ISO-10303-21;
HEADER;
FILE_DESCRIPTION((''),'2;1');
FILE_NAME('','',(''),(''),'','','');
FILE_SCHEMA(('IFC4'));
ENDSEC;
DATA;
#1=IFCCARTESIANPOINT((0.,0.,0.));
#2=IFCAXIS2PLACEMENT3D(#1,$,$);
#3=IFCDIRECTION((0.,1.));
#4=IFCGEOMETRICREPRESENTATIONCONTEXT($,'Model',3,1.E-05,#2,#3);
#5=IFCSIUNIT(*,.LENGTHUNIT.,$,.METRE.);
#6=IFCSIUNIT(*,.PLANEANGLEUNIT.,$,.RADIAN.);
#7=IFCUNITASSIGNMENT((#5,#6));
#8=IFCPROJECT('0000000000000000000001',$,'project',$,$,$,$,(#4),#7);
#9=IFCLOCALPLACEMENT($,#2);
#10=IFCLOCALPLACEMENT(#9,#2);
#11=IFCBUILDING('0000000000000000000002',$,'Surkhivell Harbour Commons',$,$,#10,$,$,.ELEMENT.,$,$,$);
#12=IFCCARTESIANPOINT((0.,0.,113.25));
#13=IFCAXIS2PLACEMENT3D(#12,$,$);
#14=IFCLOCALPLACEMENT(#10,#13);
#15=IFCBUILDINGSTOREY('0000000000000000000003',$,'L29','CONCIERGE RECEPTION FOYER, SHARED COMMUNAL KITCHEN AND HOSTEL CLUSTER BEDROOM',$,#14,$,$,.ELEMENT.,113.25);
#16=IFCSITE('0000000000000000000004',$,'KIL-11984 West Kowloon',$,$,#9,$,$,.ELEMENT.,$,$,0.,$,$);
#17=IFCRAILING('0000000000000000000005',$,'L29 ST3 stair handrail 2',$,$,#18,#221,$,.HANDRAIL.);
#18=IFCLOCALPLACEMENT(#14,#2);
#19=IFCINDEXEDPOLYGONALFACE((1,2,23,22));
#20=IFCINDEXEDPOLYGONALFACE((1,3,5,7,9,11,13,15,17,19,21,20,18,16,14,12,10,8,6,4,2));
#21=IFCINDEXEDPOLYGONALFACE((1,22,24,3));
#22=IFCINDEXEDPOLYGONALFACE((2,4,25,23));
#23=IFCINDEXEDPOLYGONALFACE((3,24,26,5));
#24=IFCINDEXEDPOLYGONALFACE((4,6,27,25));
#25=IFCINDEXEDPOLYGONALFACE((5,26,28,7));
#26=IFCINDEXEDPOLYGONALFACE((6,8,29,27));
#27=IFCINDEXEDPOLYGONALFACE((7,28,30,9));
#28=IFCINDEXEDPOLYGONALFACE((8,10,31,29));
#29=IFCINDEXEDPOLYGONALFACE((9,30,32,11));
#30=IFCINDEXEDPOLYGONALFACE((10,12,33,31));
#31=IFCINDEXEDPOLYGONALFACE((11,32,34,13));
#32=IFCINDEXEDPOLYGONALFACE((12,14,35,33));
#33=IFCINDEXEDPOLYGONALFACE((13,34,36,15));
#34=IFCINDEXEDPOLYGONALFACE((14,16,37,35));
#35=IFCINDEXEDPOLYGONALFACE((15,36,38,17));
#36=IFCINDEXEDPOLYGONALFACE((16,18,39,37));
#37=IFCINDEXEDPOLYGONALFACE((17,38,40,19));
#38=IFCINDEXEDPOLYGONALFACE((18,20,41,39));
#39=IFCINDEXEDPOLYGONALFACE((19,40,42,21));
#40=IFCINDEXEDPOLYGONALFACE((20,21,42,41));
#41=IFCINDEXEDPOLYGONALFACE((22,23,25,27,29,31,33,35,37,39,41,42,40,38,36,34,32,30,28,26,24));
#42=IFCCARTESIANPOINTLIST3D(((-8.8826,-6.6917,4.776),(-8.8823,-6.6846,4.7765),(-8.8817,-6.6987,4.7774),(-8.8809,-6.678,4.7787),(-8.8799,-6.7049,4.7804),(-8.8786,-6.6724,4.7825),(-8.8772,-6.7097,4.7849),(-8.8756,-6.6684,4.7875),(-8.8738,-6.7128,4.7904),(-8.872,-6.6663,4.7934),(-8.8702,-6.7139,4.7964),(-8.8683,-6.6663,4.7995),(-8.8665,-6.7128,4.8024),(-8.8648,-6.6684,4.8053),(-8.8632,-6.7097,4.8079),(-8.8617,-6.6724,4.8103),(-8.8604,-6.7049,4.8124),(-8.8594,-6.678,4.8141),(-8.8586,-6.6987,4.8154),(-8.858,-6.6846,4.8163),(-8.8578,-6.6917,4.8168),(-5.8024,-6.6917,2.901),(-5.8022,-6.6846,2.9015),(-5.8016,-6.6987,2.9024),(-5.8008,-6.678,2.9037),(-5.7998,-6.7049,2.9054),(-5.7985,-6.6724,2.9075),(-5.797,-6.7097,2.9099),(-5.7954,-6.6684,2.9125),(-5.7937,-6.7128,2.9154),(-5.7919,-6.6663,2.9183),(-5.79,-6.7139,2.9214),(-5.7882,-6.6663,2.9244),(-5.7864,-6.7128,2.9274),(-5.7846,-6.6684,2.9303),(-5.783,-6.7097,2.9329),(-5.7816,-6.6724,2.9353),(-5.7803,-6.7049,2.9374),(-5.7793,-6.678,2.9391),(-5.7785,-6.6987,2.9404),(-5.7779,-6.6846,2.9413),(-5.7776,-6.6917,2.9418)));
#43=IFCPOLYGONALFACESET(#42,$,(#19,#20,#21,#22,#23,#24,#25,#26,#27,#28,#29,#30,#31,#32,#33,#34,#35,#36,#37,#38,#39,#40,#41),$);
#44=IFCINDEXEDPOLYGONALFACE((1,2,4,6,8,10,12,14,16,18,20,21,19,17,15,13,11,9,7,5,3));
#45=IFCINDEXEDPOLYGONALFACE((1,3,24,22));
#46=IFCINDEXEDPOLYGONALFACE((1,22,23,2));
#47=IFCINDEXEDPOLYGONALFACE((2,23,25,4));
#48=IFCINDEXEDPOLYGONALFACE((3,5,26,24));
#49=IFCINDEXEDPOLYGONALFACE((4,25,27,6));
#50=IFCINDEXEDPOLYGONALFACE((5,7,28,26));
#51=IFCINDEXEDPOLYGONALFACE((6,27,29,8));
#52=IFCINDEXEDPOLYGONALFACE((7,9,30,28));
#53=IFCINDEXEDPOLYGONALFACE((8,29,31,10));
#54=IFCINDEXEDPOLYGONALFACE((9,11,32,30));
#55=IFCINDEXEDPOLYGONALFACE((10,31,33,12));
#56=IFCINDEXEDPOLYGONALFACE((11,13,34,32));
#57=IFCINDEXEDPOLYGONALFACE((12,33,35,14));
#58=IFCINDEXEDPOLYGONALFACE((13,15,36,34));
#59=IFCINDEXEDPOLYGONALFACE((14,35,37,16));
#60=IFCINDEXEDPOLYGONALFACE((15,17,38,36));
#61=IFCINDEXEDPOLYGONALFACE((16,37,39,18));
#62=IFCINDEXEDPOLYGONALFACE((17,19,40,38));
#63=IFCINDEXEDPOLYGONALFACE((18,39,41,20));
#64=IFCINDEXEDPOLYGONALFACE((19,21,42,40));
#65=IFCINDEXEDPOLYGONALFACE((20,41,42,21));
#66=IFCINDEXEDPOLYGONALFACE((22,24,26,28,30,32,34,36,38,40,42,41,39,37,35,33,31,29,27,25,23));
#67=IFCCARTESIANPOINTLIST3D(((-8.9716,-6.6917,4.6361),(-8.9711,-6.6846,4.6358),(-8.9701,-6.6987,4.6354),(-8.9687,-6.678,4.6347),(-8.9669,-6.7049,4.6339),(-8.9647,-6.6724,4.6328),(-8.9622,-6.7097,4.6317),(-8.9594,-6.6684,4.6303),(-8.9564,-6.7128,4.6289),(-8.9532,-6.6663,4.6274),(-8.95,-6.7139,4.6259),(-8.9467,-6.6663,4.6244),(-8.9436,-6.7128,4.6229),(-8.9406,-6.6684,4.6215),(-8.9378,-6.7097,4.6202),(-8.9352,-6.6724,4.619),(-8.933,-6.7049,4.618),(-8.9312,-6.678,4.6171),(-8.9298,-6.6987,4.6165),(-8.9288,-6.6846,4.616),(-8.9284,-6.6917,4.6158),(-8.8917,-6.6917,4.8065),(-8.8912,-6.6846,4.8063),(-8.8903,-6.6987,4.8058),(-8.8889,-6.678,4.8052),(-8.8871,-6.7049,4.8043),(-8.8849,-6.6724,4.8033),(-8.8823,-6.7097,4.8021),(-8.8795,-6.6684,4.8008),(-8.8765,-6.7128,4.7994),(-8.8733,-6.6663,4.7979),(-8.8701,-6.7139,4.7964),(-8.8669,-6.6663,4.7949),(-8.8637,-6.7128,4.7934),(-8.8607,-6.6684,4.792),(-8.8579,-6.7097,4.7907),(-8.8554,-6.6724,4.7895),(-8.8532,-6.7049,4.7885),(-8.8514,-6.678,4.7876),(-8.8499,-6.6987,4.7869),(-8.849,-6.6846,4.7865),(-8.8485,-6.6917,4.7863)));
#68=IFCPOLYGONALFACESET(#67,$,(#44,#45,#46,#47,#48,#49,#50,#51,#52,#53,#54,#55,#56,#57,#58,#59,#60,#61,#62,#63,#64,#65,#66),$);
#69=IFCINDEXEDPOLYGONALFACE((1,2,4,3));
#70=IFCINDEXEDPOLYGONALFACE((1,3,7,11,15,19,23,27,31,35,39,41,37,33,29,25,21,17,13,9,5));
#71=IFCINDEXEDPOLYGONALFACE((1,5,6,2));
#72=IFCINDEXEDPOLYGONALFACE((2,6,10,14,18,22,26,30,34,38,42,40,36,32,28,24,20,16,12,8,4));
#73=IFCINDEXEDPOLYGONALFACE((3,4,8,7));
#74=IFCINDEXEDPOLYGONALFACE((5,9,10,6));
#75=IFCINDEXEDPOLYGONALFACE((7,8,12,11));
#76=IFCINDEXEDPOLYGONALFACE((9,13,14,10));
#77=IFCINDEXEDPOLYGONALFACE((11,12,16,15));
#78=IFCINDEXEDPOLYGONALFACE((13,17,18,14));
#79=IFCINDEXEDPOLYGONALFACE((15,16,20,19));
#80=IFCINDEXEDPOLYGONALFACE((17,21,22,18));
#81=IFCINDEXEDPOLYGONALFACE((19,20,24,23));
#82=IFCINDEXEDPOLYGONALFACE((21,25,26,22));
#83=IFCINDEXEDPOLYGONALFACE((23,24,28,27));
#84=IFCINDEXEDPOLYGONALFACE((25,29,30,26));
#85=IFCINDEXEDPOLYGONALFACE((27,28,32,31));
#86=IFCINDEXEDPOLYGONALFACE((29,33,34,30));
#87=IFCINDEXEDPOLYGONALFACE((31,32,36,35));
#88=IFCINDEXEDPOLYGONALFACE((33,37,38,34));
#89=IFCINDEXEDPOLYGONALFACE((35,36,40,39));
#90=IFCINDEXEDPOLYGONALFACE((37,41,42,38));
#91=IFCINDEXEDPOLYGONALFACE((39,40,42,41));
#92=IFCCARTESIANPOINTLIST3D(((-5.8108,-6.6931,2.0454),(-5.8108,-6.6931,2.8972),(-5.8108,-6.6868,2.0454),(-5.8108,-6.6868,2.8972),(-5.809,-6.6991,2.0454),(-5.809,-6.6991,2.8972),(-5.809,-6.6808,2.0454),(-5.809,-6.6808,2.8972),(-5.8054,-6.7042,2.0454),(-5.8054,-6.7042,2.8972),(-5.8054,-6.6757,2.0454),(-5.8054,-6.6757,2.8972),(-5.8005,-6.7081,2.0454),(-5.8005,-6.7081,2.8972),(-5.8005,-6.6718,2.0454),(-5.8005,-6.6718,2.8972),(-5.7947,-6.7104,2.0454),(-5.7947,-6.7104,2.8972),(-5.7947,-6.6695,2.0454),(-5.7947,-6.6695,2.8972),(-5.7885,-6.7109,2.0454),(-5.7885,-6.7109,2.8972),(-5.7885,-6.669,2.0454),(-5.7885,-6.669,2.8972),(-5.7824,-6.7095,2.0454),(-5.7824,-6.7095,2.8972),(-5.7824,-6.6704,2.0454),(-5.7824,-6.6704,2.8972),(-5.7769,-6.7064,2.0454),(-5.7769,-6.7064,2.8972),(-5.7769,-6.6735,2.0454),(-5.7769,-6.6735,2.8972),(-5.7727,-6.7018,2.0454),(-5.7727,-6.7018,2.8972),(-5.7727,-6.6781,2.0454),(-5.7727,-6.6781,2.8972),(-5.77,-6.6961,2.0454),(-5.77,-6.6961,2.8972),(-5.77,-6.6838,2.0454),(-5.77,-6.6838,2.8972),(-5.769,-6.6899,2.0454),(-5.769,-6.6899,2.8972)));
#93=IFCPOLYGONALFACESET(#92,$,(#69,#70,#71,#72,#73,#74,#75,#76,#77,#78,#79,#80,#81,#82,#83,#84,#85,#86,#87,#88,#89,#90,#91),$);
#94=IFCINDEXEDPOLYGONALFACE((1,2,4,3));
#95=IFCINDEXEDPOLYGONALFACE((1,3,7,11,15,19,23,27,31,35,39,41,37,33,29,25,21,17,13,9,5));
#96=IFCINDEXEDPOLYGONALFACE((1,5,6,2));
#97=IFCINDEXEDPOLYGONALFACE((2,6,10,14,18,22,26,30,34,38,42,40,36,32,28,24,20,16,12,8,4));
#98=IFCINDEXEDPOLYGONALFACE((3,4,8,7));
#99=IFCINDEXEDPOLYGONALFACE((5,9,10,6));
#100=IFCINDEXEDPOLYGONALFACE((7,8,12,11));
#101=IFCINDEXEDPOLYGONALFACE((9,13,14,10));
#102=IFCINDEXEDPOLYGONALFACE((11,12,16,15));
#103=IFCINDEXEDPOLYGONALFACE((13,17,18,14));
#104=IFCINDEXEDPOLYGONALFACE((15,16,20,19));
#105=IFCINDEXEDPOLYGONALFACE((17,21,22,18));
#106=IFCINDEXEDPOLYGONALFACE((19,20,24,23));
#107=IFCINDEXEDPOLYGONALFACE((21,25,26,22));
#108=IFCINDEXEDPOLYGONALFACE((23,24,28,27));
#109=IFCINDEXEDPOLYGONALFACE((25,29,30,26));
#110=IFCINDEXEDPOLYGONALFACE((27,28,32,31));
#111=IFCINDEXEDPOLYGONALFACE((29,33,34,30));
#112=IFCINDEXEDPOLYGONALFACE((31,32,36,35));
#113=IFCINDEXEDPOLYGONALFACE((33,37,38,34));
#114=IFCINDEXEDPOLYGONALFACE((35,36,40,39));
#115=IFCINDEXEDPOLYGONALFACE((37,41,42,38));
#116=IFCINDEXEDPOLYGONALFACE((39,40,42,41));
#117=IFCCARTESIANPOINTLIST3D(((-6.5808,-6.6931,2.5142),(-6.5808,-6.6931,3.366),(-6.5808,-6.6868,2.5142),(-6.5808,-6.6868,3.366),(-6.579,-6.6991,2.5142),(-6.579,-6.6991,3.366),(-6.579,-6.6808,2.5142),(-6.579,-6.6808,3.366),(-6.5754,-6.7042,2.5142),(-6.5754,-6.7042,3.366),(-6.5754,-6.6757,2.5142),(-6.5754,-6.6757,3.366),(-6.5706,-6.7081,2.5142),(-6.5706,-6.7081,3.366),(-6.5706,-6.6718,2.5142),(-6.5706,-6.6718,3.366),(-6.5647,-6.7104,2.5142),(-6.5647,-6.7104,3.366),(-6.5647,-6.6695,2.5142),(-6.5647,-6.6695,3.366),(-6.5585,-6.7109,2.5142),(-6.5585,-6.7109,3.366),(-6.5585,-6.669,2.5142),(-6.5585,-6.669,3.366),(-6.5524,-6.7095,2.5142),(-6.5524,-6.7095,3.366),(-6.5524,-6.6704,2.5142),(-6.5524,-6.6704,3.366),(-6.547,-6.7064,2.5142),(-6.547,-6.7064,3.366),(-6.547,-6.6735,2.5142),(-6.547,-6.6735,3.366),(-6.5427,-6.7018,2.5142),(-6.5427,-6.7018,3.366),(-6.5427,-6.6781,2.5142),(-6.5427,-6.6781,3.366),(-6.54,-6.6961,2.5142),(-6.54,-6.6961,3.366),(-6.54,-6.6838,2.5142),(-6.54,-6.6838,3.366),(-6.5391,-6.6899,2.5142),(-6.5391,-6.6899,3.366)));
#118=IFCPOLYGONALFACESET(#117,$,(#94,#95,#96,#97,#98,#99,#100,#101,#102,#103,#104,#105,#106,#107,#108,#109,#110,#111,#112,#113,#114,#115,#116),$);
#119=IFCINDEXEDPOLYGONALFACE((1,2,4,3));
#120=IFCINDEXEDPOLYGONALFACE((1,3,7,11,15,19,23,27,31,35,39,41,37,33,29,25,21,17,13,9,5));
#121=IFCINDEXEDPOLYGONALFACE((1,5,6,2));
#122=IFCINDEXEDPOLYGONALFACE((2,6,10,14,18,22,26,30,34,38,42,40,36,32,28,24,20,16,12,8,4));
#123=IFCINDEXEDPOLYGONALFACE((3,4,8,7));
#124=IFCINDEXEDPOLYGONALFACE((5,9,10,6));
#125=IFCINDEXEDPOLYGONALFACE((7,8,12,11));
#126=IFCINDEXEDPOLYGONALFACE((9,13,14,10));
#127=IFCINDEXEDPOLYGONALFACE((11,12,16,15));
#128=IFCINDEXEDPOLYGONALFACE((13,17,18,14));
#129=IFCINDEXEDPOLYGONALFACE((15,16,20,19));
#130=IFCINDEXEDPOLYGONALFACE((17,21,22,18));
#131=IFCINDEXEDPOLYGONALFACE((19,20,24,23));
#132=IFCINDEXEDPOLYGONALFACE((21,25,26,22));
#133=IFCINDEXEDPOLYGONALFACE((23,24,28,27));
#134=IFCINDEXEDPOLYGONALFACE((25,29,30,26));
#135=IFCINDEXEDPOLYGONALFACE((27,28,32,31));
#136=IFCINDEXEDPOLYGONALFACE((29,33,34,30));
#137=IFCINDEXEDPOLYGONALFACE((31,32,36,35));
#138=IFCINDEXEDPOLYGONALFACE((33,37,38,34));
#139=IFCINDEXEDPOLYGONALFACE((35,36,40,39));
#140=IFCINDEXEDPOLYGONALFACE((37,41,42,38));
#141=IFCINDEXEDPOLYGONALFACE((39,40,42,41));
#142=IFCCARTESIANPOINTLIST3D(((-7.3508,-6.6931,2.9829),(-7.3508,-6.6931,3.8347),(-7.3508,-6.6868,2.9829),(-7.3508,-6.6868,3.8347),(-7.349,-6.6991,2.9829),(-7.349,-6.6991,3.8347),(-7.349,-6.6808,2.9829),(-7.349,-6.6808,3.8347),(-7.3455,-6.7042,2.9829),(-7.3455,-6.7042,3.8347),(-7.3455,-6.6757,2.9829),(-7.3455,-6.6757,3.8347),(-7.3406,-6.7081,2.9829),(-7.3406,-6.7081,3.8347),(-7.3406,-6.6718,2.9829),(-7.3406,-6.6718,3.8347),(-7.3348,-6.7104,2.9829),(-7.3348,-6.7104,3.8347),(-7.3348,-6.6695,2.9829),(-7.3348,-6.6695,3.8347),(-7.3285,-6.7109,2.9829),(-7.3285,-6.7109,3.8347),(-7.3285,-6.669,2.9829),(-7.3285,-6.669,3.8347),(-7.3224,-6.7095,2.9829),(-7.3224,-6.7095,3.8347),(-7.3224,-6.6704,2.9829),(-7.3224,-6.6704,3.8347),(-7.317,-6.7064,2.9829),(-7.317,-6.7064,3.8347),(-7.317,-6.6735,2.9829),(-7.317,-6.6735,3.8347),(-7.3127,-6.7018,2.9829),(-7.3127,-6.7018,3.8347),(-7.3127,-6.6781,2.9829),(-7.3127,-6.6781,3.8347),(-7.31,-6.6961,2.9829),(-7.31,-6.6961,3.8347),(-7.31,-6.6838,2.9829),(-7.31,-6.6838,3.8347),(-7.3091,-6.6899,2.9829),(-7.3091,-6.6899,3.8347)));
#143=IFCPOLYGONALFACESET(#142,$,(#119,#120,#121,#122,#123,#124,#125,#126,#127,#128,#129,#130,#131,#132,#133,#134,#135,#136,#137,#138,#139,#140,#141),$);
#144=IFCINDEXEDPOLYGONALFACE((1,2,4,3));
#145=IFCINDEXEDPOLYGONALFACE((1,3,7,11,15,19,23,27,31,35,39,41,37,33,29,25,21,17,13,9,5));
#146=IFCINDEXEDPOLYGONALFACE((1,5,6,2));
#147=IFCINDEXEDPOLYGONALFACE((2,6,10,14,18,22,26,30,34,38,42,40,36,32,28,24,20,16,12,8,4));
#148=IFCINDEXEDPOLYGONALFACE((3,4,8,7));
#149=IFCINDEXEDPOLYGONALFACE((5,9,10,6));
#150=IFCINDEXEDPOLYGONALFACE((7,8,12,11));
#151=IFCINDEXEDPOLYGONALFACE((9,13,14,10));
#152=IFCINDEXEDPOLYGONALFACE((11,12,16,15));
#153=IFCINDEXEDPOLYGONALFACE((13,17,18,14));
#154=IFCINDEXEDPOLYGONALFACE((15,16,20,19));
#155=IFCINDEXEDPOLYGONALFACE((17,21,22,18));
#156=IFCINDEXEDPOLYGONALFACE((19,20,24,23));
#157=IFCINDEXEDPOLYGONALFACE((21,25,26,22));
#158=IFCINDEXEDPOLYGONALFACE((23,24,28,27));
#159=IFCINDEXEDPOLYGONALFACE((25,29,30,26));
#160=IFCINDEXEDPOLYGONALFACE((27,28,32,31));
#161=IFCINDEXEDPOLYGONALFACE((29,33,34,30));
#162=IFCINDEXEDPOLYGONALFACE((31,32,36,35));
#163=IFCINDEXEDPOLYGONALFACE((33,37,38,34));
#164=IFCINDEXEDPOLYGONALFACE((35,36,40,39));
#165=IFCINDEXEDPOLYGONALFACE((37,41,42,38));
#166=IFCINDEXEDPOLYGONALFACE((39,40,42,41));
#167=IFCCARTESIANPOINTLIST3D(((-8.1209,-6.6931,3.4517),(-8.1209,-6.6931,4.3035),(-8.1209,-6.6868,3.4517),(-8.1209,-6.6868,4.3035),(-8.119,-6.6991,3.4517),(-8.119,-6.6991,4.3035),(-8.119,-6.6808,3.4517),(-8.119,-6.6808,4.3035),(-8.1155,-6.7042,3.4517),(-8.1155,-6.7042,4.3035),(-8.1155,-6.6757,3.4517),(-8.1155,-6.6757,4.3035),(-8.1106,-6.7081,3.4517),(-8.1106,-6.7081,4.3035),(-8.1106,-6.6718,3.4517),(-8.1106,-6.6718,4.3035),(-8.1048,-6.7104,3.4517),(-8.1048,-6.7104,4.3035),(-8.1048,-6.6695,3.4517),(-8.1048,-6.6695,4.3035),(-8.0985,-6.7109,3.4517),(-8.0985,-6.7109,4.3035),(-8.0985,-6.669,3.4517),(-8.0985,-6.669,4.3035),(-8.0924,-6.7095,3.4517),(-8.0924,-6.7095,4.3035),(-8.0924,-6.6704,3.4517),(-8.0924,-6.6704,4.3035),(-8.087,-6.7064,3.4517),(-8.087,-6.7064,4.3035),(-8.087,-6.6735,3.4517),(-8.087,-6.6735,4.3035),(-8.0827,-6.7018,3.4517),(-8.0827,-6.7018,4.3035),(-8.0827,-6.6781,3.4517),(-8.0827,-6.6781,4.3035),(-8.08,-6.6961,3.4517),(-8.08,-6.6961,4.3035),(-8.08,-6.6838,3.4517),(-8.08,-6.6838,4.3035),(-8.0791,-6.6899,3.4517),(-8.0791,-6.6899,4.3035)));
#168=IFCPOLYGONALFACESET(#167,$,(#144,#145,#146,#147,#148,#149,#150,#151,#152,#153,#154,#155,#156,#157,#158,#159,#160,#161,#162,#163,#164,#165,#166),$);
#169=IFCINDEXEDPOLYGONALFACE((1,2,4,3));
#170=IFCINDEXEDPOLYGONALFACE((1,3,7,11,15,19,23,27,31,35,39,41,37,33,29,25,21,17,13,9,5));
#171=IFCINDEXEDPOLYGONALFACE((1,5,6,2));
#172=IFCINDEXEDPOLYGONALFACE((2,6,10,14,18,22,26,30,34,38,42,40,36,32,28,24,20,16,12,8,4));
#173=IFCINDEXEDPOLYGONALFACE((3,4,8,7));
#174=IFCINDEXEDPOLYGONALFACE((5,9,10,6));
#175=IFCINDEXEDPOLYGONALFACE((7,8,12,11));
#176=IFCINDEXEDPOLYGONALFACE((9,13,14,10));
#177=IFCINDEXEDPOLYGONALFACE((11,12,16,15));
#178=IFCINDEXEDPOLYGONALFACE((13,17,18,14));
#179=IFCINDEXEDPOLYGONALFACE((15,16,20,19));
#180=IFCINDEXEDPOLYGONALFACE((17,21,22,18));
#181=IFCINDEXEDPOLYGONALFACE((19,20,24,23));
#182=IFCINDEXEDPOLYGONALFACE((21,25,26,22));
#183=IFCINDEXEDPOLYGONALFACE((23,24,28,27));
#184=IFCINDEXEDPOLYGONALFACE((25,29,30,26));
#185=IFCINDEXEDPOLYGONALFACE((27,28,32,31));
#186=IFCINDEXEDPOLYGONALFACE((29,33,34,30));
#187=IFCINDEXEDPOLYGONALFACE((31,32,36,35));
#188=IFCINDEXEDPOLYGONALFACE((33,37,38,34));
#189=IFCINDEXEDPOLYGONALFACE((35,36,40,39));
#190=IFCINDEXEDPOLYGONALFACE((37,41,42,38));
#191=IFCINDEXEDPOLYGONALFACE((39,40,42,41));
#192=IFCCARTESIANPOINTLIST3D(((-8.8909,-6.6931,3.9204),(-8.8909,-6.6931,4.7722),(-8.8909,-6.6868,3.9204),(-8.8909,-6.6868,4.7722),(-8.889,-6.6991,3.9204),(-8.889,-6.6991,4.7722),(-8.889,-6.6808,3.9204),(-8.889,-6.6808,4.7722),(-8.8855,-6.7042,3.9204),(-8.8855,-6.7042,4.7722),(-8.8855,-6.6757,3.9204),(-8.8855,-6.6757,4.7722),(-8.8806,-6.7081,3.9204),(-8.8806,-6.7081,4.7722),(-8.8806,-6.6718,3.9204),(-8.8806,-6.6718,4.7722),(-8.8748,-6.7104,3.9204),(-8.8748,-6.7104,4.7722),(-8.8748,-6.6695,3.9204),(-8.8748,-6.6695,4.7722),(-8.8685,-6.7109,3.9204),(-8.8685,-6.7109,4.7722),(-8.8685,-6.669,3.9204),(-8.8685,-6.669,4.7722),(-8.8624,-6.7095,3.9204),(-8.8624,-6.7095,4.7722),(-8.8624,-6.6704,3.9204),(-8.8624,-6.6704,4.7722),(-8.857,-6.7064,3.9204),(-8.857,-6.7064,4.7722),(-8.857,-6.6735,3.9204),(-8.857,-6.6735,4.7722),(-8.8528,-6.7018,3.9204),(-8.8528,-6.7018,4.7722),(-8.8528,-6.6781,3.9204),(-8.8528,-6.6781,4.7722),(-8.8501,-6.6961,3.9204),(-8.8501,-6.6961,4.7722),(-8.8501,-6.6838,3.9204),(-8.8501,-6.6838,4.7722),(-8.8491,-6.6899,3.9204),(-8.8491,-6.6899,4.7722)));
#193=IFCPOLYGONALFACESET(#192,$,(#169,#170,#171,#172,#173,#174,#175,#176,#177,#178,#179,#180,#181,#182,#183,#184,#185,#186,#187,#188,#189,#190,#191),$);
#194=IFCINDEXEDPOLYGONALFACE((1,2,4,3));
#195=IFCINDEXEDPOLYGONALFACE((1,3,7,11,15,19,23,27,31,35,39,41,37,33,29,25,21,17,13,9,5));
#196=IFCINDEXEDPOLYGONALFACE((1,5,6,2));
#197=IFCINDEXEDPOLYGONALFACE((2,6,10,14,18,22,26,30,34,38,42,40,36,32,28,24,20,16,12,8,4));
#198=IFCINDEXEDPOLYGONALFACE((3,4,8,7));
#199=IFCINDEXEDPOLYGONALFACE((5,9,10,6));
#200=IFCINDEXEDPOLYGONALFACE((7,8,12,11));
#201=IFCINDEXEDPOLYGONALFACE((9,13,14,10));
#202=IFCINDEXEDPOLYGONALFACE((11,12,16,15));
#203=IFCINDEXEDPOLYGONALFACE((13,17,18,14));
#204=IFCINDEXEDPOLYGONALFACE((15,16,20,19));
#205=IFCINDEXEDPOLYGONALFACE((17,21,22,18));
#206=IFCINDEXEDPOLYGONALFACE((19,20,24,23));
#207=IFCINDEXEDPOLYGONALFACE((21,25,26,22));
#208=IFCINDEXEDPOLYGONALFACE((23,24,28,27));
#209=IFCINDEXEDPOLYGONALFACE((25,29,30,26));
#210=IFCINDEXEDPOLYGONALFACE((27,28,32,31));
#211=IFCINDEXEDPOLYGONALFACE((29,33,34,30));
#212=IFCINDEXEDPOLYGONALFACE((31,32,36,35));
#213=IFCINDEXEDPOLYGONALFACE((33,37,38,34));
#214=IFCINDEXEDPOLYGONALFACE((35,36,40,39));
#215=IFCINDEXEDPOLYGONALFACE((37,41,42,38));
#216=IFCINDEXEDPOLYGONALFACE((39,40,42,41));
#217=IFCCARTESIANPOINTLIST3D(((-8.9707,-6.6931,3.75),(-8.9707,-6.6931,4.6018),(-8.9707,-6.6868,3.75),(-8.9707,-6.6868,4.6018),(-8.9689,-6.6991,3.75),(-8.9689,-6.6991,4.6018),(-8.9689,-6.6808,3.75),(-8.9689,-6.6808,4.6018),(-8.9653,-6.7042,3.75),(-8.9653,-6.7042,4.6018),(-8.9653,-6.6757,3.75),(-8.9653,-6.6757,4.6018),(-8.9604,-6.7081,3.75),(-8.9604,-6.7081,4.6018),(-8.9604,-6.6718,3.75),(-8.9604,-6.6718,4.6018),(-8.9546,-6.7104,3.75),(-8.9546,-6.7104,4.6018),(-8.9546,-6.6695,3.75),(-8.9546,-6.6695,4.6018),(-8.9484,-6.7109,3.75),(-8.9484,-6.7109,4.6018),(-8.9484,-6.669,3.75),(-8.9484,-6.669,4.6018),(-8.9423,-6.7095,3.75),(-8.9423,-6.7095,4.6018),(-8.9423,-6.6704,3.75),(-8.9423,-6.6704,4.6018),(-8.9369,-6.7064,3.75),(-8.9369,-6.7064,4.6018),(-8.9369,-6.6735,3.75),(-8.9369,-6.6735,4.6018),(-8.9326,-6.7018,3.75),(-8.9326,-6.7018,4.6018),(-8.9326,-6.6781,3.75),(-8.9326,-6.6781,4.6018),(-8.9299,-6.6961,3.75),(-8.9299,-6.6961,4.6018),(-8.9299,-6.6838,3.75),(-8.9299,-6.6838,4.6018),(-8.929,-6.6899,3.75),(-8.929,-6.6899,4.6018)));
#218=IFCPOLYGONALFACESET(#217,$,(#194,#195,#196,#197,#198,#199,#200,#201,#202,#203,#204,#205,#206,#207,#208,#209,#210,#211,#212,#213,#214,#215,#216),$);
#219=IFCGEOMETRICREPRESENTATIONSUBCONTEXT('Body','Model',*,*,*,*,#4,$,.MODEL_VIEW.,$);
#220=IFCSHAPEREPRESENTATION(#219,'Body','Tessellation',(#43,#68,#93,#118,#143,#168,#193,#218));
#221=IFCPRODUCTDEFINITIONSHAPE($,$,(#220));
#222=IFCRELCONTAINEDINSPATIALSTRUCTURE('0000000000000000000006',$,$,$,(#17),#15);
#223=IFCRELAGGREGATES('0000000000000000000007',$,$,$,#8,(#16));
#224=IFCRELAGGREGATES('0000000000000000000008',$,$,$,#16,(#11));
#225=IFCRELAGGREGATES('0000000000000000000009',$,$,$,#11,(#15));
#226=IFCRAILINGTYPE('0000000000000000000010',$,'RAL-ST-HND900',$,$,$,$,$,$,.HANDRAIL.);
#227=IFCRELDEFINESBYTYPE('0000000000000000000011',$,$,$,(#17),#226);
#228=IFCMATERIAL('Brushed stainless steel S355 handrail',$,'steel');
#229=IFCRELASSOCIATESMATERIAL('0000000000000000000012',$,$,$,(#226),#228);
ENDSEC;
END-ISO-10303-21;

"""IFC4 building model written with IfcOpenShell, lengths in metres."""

from ifc_helpers import new_model, si_unit, direction, frame, origin, origin_2d, place, context, subcontext, project, spatial, circle, extrude, material, type_object, element, save


model = new_model("IFC4")

# Units and contexts
model_context = context("Model", 3, precision=1e-05, world=origin(), true_north=direction((0.0, 1.0)))
body_context = subcontext(model_context, "Body", "Model", "MODEL_VIEW")
ifc_project = project(units=[si_unit("LENGTHUNIT", "METRE"), si_unit("PLANEANGLEUNIT", "RADIAN")], contexts=[model_context])

# Site, building, storey
site_placement = place(None, origin())
site = spatial("IfcSite", under=ifc_project, at=site_placement, Name="KIL-11984 West Kowloon", CompositionType="ELEMENT", RefElevation=0.0)
building_placement = place(site_placement, origin())
building = spatial("IfcBuilding", under=site, at=building_placement, Name="Surkhivell Harbour Commons", CompositionType="ELEMENT")
storey_placement = place(building_placement, frame((0.0, 0.0, 113.25)))
storey = spatial("IfcBuildingStorey", under=building, at=storey_placement, Name="L29", Description="CONCIERGE RECEPTION FOYER, SHARED COMMUNAL KITCHEN AND HOSTEL CLUSTER BEDROOM", CompositionType="ELEMENT", Elevation=113.25)

# Railing
ifc_material_1 = material(Name="Brushed stainless steel S355 handrail", Category="steel")
railing_type_1 = type_object("IfcRailingType", Name="RAL-ST-HND900", PredefinedType="HANDRAIL", material=ifc_material_1)
railing_1_placement = place(storey_placement, frame((-5.79, -6.6899, 2.0454)))
element("IfcRailing", 1, at=railing_1_placement, inside=storey, type_object=railing_type_1, Name="L29 ST3 stair handrail 2", PredefinedType="HANDRAIL", context=body_context, shape_type="SweptSolid", body=[
    extrude(circle(Radius=0.0239, at=origin_2d()), frame((0.0, 0.0, 0.876), z_axis=(-0.854178, 0.0, 0.519981), x_axis=(0.0, -1.0, 0.0)), (0.0, 0.0, 1.0), 3.606),
    extrude(circle(Radius=0.0239, at=origin_2d()), frame((-3.0801, 0.0, 2.751), z_axis=(-0.424234, 0.0, -0.905552), x_axis=(0.0, -1.0, 0.0)), (0.0, 0.0, 1.0), 0.1882),
    extrude(circle(Radius=0.021, at=origin_2d()), origin(), (0.0, 0.0, 1.0), 0.8518),
    extrude(circle(Radius=0.021, at=origin_2d()), frame((-0.77, 0.0, 0.4688)), (0.0, 0.0, 1.0), 0.8518),
    extrude(circle(Radius=0.021, at=origin_2d()), frame((-1.54, 0.0, 0.9375)), (0.0, 0.0, 1.0), 0.8518),
    extrude(circle(Radius=0.021, at=origin_2d()), frame((-2.3101, 0.0, 1.4062)), (0.0, 0.0, 1.0), 0.8518),
    extrude(circle(Radius=0.021, at=origin_2d()), frame((-3.0801, 0.0, 1.875)), (0.0, 0.0, 1.0), 0.8518),
    extrude(circle(Radius=0.021, at=origin_2d()), frame((-3.1599, 0.0, 1.7046)), (0.0, 0.0, 1.0), 0.8518),
])

save(model, "model.ifc")
